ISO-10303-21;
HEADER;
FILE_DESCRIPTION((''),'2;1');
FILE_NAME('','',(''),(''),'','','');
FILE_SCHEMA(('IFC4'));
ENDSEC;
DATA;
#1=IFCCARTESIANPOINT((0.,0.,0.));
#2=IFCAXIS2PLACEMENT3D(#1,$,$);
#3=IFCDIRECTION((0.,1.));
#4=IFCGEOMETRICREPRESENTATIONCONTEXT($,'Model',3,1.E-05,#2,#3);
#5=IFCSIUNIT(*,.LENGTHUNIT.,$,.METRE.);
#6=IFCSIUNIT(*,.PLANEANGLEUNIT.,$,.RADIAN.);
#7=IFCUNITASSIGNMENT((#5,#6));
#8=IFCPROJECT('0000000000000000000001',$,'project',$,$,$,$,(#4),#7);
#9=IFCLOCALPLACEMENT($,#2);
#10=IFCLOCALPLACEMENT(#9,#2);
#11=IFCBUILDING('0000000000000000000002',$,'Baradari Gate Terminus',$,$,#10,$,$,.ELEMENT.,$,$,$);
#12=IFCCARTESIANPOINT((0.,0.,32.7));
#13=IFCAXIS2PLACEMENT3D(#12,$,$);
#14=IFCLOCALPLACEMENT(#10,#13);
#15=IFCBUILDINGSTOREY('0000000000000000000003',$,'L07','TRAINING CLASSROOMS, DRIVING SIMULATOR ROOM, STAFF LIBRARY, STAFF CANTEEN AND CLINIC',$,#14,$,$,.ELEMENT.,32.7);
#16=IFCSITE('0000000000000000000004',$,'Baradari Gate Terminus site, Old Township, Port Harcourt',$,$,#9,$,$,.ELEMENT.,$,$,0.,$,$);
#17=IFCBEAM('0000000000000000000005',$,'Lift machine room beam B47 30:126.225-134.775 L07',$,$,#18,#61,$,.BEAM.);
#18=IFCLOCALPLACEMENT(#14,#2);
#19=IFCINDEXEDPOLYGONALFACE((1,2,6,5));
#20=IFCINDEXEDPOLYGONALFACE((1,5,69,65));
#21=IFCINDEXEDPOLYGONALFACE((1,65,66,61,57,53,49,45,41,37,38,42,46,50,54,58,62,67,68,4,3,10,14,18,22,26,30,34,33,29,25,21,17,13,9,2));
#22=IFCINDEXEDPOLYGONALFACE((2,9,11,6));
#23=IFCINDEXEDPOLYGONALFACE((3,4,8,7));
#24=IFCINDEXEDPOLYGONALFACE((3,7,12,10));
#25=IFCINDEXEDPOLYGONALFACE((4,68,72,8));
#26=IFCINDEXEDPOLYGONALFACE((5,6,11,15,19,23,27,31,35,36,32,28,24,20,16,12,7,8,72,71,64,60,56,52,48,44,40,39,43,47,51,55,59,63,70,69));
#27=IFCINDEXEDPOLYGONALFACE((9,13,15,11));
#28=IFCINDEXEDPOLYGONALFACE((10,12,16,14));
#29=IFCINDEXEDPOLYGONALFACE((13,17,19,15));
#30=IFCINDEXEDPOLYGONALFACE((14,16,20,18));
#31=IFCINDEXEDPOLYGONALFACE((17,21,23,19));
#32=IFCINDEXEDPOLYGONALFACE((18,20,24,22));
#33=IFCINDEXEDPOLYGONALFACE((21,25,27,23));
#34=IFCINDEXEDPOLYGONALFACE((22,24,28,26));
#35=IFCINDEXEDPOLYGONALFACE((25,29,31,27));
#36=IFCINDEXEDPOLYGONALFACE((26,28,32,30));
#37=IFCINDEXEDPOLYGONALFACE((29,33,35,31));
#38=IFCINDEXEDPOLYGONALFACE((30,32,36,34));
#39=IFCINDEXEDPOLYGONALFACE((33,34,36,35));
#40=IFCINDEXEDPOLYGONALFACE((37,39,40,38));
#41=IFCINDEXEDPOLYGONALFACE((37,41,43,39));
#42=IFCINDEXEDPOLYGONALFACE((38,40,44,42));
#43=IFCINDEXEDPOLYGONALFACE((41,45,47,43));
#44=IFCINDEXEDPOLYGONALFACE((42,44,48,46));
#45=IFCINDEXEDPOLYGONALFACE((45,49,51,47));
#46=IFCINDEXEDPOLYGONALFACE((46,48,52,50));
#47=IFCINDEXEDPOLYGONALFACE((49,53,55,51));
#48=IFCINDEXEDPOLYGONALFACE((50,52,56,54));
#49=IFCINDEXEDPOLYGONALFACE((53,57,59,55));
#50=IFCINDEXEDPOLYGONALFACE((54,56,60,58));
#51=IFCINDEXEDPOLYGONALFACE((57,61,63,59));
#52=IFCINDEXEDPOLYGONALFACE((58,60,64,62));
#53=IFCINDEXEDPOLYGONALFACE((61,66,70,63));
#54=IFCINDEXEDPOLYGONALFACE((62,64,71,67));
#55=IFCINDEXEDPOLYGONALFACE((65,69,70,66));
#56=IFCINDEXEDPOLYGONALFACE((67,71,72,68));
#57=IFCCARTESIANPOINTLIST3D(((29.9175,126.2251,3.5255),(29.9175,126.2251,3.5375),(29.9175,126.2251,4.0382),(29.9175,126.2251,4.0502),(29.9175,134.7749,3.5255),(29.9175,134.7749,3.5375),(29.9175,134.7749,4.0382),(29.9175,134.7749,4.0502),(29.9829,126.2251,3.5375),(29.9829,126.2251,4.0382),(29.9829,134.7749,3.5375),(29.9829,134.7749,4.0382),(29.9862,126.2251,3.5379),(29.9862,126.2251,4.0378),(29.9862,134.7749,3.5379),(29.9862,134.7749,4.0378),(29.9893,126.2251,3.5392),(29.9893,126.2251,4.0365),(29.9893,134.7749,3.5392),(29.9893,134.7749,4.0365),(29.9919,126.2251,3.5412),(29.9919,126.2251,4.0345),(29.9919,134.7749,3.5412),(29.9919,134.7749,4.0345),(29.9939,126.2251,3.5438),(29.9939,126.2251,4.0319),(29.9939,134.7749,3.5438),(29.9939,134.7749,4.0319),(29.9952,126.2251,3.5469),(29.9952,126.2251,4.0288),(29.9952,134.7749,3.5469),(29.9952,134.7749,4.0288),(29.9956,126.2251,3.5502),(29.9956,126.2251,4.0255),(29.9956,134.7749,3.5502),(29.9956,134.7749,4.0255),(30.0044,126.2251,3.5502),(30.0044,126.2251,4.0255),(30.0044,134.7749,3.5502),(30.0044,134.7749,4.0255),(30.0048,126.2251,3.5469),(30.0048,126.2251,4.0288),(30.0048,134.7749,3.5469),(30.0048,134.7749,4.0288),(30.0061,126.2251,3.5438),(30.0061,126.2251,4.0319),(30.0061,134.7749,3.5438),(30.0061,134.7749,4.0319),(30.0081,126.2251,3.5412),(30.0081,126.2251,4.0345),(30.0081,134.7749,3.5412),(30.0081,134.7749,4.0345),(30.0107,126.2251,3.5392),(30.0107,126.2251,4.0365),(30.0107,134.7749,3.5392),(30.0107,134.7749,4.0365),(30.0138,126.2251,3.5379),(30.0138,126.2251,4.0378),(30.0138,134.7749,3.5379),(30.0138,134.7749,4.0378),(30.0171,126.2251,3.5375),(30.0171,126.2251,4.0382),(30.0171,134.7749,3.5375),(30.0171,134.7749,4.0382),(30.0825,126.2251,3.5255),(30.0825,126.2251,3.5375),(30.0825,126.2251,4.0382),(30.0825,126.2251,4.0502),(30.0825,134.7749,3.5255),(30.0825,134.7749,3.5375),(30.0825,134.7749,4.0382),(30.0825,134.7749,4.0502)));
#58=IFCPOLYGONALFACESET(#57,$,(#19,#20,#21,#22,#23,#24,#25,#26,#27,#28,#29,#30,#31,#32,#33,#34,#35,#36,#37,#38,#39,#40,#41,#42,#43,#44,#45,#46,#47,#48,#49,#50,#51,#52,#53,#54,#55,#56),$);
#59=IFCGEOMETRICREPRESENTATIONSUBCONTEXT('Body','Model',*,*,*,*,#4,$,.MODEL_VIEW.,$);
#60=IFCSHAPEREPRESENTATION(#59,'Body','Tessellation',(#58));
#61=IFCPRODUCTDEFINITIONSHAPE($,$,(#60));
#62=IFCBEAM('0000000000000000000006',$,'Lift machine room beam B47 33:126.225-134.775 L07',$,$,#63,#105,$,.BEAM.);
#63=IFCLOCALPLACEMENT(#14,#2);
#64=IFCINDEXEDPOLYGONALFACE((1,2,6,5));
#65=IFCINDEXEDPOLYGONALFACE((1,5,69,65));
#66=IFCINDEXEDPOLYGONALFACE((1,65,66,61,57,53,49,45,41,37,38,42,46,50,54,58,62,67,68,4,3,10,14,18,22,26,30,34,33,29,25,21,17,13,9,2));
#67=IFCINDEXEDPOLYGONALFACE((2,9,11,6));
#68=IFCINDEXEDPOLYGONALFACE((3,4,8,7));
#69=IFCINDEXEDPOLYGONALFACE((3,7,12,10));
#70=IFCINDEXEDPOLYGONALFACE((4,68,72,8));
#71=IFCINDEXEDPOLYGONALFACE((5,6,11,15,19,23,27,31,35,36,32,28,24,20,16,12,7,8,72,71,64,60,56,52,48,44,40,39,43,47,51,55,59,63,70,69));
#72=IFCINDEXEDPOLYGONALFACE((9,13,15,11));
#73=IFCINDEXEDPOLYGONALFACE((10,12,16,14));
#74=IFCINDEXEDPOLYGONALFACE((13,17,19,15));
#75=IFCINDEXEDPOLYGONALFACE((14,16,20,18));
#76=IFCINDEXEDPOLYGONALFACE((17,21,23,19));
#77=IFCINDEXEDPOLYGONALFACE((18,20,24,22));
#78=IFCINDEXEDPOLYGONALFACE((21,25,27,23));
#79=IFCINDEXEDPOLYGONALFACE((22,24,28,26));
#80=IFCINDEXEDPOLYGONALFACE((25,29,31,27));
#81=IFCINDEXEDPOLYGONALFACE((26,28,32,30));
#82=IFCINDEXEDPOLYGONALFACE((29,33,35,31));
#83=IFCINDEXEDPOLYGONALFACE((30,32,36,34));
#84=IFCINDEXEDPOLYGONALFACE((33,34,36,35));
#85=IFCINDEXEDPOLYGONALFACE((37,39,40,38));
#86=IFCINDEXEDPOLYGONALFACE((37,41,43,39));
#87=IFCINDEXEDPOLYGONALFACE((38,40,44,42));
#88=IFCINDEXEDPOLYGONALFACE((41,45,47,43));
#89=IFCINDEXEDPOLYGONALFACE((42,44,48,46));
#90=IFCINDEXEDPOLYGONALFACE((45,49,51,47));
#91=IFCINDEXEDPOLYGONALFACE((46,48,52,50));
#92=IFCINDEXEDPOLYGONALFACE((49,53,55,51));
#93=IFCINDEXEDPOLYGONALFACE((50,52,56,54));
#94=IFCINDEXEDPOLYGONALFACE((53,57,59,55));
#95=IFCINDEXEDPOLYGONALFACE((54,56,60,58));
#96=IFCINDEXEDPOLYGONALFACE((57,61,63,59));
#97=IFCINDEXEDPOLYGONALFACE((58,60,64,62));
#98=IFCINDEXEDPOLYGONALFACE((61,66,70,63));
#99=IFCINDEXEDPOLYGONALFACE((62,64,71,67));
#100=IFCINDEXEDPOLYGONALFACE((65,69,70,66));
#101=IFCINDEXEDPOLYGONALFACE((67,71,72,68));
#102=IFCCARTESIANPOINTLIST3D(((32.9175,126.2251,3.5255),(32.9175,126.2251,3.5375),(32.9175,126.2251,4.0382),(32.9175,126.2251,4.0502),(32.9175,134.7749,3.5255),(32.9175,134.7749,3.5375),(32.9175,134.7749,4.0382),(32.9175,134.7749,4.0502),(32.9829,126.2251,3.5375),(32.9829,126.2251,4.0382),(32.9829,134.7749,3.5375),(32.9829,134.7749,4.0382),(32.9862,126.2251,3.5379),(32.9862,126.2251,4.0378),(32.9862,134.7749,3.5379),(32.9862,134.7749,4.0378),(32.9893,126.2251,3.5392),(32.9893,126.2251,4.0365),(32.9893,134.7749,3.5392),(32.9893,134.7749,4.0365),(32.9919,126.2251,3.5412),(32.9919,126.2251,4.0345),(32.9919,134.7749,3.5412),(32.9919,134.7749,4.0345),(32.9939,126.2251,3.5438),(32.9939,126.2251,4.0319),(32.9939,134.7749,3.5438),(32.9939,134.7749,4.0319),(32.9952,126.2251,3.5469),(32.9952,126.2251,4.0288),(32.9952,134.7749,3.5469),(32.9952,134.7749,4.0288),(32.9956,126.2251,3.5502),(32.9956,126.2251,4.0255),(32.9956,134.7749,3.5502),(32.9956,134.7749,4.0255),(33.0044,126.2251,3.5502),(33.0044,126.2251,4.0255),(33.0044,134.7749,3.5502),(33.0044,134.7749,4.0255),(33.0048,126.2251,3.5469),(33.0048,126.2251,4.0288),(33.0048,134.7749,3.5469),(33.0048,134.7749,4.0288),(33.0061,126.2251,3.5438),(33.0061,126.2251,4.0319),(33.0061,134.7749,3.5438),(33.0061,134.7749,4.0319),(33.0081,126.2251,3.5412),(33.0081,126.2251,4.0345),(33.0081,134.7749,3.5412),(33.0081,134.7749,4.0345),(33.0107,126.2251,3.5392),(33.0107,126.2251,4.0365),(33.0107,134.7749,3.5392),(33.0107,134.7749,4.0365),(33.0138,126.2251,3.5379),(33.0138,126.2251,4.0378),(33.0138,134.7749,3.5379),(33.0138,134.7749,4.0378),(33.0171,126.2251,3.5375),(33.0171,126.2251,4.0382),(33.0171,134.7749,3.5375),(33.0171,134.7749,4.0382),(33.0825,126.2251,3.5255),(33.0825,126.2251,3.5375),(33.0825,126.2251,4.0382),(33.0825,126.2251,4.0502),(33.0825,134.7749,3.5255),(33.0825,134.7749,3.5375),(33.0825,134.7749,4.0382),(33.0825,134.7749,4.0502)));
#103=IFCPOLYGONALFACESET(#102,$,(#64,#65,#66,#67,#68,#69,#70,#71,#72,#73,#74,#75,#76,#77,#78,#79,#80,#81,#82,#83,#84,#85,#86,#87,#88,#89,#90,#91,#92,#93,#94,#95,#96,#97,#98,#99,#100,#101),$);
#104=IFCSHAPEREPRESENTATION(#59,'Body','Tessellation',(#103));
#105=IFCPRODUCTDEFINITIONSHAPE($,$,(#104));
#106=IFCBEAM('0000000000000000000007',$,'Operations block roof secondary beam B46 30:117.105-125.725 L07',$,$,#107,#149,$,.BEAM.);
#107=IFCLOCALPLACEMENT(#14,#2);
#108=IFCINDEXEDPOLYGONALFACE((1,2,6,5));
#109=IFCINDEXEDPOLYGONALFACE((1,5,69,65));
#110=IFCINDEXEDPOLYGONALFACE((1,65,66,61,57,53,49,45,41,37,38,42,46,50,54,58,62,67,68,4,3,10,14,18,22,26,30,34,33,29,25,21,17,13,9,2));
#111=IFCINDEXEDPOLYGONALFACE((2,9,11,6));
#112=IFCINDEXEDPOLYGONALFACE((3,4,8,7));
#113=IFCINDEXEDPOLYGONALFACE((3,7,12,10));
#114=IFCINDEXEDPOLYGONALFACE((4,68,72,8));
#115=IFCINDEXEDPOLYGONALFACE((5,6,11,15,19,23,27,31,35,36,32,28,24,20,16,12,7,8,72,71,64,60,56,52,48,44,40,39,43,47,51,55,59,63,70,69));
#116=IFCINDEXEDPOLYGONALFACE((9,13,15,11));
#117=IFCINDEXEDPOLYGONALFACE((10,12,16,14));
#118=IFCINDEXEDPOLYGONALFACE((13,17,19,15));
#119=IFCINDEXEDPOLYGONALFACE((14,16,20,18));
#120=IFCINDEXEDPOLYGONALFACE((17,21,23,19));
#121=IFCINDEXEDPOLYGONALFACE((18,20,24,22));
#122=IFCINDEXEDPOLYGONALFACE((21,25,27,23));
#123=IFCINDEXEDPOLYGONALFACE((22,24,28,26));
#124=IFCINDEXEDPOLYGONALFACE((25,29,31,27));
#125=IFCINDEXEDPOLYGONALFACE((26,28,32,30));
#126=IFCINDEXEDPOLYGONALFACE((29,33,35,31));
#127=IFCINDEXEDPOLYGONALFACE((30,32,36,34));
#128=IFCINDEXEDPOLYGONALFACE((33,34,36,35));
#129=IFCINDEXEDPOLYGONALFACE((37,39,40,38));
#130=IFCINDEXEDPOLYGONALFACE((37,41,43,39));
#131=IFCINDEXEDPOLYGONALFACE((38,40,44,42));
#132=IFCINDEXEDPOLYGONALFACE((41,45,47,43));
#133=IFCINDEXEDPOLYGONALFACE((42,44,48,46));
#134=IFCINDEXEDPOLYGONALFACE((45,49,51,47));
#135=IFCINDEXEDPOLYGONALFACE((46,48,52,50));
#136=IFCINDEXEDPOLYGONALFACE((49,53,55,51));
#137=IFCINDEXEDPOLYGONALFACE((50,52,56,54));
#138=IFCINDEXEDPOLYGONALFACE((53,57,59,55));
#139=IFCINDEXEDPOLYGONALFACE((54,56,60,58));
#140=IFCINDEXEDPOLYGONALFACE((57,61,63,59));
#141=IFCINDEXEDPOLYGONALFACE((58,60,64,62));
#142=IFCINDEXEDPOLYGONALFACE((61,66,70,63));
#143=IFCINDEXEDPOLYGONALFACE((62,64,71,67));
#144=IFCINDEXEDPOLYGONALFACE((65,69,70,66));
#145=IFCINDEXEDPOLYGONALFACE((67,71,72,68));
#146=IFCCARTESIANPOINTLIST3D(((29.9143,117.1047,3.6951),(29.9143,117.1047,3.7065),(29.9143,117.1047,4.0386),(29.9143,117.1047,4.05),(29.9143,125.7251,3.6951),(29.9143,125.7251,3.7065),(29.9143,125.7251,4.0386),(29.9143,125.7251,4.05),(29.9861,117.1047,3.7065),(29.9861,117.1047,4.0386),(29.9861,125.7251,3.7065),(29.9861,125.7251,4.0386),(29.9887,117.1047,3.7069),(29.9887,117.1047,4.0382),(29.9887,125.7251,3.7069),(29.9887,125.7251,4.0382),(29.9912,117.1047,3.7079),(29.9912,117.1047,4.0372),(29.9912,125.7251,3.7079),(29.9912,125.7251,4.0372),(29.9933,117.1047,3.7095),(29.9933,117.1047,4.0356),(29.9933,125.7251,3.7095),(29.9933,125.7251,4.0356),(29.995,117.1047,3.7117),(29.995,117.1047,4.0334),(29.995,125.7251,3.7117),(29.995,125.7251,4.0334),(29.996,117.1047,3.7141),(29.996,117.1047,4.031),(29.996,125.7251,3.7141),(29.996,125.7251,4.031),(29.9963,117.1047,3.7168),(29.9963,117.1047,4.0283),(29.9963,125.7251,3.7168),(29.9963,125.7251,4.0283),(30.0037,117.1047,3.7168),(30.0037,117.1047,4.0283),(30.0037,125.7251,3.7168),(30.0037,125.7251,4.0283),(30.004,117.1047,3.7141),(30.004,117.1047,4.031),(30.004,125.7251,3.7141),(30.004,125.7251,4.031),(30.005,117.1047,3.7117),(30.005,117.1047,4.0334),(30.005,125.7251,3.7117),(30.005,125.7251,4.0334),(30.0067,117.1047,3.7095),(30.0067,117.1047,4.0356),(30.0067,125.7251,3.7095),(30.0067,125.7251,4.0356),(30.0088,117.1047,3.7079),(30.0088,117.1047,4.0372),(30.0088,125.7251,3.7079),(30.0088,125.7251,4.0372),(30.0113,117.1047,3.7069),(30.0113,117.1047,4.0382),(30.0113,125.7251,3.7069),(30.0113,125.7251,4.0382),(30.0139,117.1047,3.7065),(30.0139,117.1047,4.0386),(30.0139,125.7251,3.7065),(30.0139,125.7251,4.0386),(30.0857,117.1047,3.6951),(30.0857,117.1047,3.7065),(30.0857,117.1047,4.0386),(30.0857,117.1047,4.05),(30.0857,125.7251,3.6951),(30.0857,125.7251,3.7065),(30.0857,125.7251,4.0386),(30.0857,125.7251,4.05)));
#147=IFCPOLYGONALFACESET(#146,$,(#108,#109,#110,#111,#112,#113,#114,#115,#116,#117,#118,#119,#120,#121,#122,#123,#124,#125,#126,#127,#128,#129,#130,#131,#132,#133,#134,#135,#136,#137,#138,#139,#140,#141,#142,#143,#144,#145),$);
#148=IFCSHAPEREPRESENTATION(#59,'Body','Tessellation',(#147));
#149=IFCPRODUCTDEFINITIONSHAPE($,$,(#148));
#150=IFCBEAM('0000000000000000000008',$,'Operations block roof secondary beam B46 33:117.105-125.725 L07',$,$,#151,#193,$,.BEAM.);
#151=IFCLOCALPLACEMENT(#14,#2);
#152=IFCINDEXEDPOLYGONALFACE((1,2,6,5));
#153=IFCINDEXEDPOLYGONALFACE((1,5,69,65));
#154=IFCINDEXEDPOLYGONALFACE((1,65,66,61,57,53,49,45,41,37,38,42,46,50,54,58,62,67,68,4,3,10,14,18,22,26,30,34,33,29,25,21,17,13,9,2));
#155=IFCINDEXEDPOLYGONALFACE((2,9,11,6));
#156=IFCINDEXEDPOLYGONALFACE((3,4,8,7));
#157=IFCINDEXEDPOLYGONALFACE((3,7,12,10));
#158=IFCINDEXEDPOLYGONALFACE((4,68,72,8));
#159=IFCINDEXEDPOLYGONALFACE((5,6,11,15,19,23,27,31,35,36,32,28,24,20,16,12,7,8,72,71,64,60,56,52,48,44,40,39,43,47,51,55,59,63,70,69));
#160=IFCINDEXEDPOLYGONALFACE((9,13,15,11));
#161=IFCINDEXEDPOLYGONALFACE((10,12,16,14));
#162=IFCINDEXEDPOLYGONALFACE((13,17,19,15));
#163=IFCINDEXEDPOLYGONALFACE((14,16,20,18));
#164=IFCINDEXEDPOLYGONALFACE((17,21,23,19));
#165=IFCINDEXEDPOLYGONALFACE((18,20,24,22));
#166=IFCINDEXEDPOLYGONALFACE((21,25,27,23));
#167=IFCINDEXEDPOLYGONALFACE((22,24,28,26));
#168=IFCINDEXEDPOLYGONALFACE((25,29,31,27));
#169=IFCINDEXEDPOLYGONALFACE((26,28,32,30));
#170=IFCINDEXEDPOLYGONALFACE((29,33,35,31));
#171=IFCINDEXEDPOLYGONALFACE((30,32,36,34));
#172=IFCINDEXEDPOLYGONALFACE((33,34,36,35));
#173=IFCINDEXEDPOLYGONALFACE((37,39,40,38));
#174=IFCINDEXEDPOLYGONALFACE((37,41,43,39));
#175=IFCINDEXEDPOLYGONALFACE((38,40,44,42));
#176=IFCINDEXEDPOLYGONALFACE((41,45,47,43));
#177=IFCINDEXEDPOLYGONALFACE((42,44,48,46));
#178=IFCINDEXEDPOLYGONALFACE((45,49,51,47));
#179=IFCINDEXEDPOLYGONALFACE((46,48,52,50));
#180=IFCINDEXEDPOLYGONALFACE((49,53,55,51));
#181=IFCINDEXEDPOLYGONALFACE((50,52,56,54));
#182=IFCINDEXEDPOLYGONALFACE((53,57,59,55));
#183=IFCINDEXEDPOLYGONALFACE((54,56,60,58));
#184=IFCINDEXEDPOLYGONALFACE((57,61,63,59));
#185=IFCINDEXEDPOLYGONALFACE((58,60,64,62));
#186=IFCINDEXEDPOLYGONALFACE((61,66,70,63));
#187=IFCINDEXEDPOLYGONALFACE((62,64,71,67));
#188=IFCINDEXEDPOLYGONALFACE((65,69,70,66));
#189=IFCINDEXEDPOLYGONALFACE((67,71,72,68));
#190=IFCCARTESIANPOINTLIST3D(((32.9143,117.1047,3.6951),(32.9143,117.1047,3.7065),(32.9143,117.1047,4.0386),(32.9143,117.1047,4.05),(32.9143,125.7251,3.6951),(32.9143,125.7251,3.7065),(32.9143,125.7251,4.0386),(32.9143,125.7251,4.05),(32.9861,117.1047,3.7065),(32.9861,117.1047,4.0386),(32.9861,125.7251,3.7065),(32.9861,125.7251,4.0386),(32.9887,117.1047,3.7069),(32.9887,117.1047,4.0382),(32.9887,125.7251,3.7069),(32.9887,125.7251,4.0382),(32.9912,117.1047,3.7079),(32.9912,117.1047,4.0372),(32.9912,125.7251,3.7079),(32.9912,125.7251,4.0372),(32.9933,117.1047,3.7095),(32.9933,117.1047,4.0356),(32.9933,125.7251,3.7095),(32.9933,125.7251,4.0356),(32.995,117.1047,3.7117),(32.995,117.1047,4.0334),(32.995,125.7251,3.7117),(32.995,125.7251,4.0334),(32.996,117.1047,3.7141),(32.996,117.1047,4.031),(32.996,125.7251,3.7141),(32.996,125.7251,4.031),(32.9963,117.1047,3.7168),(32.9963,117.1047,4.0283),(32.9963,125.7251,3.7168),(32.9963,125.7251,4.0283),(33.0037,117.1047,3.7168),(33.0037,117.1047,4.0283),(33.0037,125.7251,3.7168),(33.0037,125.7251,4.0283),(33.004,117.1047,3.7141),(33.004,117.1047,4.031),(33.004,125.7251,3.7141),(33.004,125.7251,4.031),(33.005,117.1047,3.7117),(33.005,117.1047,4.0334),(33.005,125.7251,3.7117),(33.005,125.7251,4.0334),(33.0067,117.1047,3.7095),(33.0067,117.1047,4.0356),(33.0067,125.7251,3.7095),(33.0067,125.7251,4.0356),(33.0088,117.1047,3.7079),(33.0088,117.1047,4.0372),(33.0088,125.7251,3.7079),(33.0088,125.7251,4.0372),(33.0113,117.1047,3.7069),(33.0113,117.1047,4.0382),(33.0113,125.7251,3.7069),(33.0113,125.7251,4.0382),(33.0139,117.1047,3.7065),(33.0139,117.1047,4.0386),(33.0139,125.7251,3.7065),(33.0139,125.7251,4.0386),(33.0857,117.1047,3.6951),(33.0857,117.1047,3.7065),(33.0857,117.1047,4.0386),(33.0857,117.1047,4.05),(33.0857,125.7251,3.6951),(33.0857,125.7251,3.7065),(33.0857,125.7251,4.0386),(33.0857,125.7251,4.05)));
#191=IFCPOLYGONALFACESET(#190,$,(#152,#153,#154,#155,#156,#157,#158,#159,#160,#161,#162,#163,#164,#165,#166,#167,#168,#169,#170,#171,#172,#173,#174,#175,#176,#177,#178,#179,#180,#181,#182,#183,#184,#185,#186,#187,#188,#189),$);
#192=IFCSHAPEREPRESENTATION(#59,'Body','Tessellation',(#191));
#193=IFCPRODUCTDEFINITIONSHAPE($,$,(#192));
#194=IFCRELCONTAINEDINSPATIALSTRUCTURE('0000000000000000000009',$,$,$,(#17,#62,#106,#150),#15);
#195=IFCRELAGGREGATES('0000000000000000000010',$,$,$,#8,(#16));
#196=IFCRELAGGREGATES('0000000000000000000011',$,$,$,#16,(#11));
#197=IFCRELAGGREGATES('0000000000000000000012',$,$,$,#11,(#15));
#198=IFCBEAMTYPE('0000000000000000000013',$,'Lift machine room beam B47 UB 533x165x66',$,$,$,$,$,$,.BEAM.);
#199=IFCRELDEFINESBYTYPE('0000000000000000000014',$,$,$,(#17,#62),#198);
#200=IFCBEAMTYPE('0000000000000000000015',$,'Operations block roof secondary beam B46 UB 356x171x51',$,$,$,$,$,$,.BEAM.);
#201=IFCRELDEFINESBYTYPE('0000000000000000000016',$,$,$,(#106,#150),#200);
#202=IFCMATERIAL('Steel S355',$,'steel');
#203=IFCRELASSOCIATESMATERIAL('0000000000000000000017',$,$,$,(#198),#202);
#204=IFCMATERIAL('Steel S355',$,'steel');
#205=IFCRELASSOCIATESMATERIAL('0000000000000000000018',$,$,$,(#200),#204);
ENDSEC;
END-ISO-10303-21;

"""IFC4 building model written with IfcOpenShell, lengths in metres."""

from ifc_helpers import new_model, si_unit, direction, frame, origin, origin_2d, place, context, subcontext, project, spatial, i_section, extrude, material, material_profile, profile_set, type_object, element, save


model = new_model("IFC4")

# Units and contexts
model_context = context("Model", 3, precision=1e-05, world=origin(), true_north=direction((0.0, 1.0)))
body_context = subcontext(model_context, "Body", "Model", "MODEL_VIEW")
ifc_project = project(units=[si_unit("LENGTHUNIT", "METRE"), si_unit("PLANEANGLEUNIT", "RADIAN")], contexts=[model_context])

# Site, building, storey
site_placement = place(None, origin())
site = spatial("IfcSite", under=ifc_project, at=site_placement, Name="Baradari Gate Terminus site, Old Township, Port Harcourt", CompositionType="ELEMENT", RefElevation=0.0)
building_placement = place(site_placement, origin())
building = spatial("IfcBuilding", under=site, at=building_placement, Name="Baradari Gate Terminus", CompositionType="ELEMENT")
storey_placement = place(building_placement, frame((0.0, 0.0, 32.7)))
storey = spatial("IfcBuildingStorey", under=building, at=storey_placement, Name="L07", Description="TRAINING CLASSROOMS, DRIVING SIMULATOR ROOM, STAFF LIBRARY, STAFF CANTEEN AND CLINIC", CompositionType="ELEMENT", Elevation=32.7)

# Beams
ifc_material_1 = material(Name="Steel S355", Category="steel")
ifc_material_profile_1 = material_profile(ifc_material_1, i_section(OverallWidth=0.165, OverallDepth=0.5247, WebThickness=0.0088, FlangeThickness=0.012, FilletRadius=0.0127, at=origin_2d()), Name="UB 533x165x66")
ifc_profile_set_1 = profile_set([ifc_material_profile_1], Name="Steel S355")
beam_type_1 = type_object("IfcBeamType", Name="Lift machine room beam B47 UB 533x165x66", PredefinedType="BEAM", material=ifc_profile_set_1)
for number, where, z_axis, x_axis, name in (
    (1, (30.0, 126.2251, 3.7878), (0.0, 1.0, 0.0), (-1.0, 0.0, 0.0), "Lift machine room beam B47 30:126.225-134.775 L07"),
    (2, (33.0, 126.2251, 3.7878), (0.0, 1.0, 0.0), (-1.0, 0.0, 0.0), "Lift machine room beam B47 33:126.225-134.775 L07"),
):
    element("IfcBeam", number, at=place(storey_placement, frame(where, z_axis=z_axis, x_axis=x_axis)), inside=storey, type_object=beam_type_1, Name=name, PredefinedType="BEAM", context=body_context, shape_type="SweptSolid", body=[
        extrude(i_section(OverallWidth=0.165, OverallDepth=0.5247, WebThickness=0.0088, FlangeThickness=0.012, FilletRadius=0.0127, at=origin_2d()), origin(), (0.0, 0.0, 1.0), 8.5498),
    ])
ifc_material_2 = material(Name="Steel S355", Category="steel")
ifc_material_profile_2 = material_profile(ifc_material_2, i_section(OverallWidth=0.1714, OverallDepth=0.355, WebThickness=0.0073, FlangeThickness=0.0115, FilletRadius=0.0103, at=origin_2d()), Name="UB 356x171x51")
ifc_profile_set_2 = profile_set([ifc_material_profile_2], Name="Steel S355")
beam_type_2 = type_object("IfcBeamType", Name="Operations block roof secondary beam B46 UB 356x171x51", PredefinedType="BEAM", material=ifc_profile_set_2)
for number, where, z_axis, x_axis, name in (
    (3, (30.0, 117.1047, 3.8726), (0.0, 1.0, 0.0), (-1.0, 0.0, 0.0), "Operations block roof secondary beam B46 30:117.105-125.725 L07"),
    (4, (33.0, 117.1047, 3.8726), (0.0, 1.0, 0.0), (-1.0, 0.0, 0.0), "Operations block roof secondary beam B46 33:117.105-125.725 L07"),
):
    element("IfcBeam", number, at=place(storey_placement, frame(where, z_axis=z_axis, x_axis=x_axis)), inside=storey, type_object=beam_type_2, Name=name, PredefinedType="BEAM", context=body_context, shape_type="SweptSolid", body=[
        extrude(i_section(OverallWidth=0.1714, OverallDepth=0.355, WebThickness=0.0073, FlangeThickness=0.0115, FilletRadius=0.0103, at=origin_2d()), origin(), (0.0, 0.0, 1.0), 8.6204),
    ])

save(model, "model.ifc")
